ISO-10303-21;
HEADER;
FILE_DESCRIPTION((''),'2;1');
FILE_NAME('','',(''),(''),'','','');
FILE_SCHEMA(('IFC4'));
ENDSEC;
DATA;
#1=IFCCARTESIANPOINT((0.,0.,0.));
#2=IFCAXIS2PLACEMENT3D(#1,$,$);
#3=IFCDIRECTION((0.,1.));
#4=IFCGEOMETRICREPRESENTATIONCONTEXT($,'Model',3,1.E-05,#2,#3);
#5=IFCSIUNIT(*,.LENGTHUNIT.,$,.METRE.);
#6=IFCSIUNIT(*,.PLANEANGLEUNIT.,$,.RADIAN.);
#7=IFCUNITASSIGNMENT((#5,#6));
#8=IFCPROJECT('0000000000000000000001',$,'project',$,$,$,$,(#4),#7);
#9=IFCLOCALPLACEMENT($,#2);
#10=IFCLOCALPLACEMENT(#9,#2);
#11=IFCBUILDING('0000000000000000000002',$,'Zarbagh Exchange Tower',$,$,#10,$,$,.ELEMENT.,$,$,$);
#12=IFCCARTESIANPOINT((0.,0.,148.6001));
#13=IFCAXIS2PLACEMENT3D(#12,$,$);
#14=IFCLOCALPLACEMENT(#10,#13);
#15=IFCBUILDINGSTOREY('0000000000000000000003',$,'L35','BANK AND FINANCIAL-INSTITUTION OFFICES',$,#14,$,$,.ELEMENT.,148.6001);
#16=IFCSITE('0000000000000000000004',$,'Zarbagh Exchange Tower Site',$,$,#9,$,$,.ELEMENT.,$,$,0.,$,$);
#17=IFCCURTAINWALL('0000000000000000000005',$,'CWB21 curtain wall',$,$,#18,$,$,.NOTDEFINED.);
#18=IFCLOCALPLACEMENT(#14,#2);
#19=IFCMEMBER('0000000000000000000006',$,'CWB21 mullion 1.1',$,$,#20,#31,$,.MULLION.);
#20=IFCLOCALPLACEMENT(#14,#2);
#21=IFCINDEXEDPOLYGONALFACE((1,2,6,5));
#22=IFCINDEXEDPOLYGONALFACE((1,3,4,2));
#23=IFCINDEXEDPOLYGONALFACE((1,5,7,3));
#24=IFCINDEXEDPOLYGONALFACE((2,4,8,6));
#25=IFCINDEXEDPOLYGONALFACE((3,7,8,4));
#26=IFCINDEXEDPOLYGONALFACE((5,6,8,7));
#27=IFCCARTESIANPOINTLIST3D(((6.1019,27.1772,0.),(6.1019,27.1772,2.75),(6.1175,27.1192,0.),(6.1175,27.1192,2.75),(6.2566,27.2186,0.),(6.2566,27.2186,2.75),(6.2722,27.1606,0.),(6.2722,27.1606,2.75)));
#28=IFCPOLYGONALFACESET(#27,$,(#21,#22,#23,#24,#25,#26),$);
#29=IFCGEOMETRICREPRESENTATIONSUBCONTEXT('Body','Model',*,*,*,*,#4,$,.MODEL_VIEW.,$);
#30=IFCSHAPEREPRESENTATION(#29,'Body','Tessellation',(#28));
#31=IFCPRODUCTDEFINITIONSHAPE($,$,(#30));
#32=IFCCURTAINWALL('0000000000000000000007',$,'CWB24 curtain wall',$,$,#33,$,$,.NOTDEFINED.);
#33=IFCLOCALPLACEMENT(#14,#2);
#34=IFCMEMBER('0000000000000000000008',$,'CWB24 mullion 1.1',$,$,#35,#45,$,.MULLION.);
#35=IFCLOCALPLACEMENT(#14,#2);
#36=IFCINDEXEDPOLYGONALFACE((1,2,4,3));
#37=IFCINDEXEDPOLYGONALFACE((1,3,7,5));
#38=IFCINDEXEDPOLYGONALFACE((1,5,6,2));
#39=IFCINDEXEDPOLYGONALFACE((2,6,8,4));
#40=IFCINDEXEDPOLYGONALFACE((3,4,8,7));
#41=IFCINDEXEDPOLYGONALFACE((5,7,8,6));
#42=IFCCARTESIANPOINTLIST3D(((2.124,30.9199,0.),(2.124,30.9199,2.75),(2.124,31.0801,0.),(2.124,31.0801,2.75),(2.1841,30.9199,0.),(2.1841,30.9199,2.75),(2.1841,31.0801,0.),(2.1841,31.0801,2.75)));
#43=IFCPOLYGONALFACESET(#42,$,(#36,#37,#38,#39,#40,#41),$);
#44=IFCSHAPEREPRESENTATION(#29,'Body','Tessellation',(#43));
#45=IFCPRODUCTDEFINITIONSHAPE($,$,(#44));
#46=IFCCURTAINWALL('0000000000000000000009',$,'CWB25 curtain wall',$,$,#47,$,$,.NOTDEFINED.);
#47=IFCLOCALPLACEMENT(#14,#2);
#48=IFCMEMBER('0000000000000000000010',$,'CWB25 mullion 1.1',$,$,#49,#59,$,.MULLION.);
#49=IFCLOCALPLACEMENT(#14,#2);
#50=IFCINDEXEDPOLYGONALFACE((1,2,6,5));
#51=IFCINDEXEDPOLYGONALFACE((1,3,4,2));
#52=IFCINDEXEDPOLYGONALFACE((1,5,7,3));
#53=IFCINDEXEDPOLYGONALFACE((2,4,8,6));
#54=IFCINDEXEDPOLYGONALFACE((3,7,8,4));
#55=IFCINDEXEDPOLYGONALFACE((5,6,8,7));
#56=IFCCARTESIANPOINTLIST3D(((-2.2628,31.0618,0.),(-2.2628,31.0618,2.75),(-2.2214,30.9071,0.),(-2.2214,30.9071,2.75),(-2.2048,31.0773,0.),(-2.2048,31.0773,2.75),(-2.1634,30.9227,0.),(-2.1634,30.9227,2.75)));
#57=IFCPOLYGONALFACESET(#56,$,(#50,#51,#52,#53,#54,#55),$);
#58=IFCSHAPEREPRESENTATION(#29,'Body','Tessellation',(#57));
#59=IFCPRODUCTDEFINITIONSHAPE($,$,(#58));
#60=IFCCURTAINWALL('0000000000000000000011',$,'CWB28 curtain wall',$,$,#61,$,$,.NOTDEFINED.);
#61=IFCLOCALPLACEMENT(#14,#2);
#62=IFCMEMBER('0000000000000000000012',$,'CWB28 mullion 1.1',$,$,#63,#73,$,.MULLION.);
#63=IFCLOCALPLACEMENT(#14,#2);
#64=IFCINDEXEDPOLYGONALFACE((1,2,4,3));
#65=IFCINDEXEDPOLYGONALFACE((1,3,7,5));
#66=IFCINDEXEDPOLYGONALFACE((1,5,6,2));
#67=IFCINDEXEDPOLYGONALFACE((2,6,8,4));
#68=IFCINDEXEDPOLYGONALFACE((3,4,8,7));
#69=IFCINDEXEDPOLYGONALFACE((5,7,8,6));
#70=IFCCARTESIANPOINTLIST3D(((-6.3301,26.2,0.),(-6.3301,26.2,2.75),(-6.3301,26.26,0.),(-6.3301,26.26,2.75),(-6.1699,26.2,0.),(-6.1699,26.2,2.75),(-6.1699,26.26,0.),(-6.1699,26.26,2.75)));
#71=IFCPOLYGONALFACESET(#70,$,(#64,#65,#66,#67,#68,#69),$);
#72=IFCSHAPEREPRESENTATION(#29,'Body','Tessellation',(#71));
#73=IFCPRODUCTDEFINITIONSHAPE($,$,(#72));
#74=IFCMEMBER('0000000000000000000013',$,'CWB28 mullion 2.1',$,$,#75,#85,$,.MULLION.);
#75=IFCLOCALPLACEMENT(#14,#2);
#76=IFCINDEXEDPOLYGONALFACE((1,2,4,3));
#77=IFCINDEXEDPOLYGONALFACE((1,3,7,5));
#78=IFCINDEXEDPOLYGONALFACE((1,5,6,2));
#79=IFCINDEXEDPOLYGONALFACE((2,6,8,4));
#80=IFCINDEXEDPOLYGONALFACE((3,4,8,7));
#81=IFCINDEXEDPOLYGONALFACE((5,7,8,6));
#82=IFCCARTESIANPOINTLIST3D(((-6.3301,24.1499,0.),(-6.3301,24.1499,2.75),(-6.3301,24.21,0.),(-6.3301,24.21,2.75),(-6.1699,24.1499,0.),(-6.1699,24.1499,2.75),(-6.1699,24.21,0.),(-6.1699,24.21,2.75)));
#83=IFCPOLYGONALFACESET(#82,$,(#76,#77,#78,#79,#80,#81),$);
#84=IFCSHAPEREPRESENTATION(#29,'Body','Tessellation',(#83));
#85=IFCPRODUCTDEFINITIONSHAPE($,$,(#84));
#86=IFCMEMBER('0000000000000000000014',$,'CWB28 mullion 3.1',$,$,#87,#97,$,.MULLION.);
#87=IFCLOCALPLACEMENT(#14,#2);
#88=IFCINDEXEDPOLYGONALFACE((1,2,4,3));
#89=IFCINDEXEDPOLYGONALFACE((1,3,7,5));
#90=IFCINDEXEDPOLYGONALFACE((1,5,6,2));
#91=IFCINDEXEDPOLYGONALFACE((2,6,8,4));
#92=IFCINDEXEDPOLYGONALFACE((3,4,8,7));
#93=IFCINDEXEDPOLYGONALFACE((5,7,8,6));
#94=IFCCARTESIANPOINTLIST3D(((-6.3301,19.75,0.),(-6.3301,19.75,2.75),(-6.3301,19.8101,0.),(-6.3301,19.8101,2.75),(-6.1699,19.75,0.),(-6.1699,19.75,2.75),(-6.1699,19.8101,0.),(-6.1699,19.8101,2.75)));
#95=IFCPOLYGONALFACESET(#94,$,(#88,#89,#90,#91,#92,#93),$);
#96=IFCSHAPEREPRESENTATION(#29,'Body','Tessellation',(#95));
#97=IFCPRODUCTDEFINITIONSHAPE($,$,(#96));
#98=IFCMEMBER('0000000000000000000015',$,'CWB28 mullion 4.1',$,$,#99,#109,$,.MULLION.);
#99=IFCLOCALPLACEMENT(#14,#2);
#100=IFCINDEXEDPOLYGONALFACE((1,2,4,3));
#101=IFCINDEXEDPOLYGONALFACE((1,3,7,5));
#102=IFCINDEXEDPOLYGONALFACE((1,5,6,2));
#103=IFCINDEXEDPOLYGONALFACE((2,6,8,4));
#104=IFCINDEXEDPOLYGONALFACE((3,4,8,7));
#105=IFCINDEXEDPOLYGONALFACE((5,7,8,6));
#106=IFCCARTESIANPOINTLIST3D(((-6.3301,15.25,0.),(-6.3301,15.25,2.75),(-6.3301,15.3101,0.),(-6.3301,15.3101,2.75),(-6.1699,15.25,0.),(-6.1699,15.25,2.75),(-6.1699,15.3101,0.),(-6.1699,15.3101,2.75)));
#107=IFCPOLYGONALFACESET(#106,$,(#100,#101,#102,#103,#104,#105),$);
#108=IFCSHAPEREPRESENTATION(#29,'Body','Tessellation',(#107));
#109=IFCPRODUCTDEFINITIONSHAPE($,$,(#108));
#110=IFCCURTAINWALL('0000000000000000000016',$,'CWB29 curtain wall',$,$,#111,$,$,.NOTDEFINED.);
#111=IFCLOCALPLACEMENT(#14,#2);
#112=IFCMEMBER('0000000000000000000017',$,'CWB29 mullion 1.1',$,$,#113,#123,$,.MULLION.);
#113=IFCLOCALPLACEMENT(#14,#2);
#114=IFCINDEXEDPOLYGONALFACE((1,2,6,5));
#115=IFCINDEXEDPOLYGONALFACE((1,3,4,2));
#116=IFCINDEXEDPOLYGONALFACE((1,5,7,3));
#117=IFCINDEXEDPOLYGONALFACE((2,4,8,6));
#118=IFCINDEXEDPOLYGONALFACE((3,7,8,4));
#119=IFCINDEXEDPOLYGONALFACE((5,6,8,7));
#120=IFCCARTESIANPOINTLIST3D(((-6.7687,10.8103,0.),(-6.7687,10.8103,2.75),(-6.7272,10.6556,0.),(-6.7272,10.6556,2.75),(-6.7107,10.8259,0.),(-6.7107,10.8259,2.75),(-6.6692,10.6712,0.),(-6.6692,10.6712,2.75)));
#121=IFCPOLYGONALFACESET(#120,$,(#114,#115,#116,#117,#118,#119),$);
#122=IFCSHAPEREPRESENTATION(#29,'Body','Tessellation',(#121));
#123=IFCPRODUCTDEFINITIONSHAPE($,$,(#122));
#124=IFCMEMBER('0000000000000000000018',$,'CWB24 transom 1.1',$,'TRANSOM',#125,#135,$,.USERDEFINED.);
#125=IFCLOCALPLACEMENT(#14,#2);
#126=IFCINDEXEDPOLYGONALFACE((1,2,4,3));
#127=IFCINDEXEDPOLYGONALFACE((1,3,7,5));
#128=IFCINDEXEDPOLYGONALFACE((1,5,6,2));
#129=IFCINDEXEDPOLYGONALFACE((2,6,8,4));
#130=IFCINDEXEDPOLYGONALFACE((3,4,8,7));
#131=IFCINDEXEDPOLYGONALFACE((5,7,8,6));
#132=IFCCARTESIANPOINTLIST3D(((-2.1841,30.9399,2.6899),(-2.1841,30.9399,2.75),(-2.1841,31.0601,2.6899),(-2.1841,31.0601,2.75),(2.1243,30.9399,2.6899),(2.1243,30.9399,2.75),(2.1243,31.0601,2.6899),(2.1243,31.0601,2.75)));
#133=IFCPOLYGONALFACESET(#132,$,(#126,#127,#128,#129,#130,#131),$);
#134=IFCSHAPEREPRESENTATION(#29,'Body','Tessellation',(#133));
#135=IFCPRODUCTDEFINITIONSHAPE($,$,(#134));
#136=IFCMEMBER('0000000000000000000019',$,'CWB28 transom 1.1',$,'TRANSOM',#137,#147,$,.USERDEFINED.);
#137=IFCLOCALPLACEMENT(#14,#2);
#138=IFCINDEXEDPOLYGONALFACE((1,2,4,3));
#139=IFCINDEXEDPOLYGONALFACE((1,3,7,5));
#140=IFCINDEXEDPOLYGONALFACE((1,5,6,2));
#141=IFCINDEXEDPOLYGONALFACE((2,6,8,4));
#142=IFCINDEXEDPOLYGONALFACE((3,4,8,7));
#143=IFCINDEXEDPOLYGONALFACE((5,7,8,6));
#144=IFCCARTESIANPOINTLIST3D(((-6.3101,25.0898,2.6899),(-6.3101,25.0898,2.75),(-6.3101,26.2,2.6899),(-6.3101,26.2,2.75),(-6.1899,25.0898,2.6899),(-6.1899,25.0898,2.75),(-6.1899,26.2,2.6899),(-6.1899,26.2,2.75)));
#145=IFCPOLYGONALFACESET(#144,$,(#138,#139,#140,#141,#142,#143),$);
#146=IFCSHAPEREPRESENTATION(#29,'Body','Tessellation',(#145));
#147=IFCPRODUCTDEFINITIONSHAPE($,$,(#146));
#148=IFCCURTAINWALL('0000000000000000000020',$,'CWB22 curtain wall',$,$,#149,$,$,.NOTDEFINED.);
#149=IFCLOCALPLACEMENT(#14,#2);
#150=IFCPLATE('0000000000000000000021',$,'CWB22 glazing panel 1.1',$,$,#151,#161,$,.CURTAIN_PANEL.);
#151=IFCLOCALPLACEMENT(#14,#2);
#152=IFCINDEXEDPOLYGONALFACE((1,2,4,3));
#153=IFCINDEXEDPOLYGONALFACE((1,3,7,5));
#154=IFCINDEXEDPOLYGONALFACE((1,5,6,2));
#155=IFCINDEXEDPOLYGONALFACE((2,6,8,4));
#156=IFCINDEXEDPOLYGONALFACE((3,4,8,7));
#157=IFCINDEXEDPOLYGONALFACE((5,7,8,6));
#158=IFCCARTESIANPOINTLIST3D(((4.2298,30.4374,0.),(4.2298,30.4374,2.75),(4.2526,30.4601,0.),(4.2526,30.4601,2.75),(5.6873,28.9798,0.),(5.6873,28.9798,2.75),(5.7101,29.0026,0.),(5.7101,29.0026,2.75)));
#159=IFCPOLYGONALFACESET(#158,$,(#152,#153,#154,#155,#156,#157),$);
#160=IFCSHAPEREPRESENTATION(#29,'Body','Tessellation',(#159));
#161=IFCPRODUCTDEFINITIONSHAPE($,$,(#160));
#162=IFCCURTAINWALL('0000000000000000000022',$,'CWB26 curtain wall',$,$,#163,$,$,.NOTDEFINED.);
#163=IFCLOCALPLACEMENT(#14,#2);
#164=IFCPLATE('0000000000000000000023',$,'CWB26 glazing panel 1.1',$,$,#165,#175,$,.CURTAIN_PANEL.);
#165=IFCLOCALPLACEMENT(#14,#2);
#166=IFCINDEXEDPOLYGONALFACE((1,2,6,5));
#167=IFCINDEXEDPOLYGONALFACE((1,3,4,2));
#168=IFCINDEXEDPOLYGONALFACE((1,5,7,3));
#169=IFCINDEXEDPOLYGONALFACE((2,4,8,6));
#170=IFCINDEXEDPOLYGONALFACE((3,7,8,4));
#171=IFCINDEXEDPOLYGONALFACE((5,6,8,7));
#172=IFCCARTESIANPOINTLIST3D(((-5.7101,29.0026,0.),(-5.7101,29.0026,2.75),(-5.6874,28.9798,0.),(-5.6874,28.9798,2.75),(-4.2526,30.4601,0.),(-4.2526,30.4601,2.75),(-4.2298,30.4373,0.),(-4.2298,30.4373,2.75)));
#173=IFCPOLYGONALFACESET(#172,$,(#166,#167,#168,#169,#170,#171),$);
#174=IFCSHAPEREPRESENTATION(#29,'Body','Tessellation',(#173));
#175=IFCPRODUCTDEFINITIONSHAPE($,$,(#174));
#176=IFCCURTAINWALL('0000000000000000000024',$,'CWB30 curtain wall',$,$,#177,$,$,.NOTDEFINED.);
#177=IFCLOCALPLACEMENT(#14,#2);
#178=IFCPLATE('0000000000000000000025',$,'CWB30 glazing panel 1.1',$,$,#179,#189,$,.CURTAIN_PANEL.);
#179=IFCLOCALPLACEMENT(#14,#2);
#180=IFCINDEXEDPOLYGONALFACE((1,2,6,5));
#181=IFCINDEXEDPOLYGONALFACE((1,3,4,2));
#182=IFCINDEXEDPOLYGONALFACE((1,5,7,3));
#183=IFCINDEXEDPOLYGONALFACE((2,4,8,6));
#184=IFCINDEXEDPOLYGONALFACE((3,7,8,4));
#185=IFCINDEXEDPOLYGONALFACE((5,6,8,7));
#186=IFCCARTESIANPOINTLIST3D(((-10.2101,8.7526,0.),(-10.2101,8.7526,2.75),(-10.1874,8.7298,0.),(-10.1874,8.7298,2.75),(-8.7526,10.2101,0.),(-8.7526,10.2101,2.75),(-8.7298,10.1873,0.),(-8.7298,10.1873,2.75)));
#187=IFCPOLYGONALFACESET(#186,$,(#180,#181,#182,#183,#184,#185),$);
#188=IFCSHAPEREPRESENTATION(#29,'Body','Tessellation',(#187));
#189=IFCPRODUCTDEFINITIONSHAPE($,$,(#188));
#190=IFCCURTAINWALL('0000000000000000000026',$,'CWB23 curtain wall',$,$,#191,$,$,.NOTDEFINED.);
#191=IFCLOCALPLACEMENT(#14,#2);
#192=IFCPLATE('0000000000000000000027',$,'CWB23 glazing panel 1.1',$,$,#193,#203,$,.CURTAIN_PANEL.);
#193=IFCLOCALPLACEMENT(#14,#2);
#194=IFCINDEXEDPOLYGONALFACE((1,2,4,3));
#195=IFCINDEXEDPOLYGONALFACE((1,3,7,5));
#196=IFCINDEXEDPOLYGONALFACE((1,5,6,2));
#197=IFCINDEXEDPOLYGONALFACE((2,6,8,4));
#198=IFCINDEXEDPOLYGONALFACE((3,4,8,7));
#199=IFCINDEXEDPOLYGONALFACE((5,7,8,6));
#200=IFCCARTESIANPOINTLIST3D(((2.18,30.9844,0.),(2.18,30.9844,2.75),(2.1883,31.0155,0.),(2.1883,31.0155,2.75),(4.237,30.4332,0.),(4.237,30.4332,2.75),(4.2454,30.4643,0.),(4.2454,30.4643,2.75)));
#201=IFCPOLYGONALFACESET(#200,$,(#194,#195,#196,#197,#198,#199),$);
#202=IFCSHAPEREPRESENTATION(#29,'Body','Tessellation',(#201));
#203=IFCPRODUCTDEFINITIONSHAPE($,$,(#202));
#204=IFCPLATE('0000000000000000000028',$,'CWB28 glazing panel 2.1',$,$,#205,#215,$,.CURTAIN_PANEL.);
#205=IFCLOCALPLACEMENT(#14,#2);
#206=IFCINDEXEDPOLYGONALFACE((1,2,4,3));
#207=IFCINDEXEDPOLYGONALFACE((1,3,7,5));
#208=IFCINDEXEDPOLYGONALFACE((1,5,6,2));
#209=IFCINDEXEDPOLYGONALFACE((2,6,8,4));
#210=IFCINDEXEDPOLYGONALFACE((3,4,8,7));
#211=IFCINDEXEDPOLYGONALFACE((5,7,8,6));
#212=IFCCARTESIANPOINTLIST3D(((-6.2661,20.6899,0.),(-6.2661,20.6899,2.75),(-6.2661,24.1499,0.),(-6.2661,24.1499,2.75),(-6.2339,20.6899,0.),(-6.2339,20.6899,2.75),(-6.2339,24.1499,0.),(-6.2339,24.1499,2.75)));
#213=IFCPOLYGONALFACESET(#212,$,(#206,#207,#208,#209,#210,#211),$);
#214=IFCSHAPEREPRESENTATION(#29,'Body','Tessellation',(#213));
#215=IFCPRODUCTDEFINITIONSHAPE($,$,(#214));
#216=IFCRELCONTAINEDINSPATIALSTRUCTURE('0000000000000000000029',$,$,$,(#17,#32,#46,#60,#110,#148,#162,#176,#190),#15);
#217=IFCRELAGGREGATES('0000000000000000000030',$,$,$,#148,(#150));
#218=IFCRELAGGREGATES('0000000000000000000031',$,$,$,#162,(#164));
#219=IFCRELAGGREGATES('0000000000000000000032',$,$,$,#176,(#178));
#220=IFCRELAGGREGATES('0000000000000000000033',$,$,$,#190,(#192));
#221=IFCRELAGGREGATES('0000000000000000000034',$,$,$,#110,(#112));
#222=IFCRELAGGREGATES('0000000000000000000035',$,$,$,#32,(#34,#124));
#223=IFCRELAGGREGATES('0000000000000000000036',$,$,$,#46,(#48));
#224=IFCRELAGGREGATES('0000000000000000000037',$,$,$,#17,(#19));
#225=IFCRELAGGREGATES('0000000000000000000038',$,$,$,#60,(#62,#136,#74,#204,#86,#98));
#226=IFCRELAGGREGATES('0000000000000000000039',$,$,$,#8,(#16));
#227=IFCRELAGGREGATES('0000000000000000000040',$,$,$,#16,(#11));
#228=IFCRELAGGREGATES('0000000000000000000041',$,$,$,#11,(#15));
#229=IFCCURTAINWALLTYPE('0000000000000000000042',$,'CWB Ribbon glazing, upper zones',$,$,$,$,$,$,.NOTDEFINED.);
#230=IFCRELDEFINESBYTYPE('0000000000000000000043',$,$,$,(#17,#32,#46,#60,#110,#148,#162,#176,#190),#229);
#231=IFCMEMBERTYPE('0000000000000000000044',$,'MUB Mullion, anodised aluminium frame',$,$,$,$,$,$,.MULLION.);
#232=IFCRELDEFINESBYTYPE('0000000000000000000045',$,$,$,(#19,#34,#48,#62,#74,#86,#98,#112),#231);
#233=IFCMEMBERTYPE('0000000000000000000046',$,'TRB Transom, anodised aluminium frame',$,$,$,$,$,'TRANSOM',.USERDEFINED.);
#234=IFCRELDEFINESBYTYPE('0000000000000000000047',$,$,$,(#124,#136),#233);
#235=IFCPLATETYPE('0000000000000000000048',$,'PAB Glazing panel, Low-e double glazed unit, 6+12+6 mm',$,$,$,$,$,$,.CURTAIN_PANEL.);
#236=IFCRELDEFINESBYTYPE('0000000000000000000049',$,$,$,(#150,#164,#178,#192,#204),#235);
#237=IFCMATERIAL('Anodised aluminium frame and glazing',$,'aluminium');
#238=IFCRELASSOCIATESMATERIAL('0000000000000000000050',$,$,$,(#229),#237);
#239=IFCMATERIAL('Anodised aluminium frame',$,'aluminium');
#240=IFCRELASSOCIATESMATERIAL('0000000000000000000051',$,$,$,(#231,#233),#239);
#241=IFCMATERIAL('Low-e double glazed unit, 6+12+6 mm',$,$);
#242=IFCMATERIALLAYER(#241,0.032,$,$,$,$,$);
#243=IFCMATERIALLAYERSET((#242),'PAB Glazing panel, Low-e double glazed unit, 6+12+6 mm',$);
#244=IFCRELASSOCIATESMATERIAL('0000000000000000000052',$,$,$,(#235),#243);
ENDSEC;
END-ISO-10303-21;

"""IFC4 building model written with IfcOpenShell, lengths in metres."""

from ifc_helpers import new_model, si_unit, direction, frame, origin, place, context, subcontext, project, spatial, polyline, outline, extrude, source, transform, mapped, material, layer, layer_set, type_object, element, aggregate, save


model = new_model("IFC4")

# Units and contexts
model_context = context("Model", 3, precision=1e-05, world=origin(), true_north=direction((0.0, 1.0)))
body_context = subcontext(model_context, "Body", "Model", "MODEL_VIEW")
ifc_project = project(units=[si_unit("LENGTHUNIT", "METRE"), si_unit("PLANEANGLEUNIT", "RADIAN")], contexts=[model_context])

# Site, building, storey
site_placement = place(None, origin())
site = spatial("IfcSite", under=ifc_project, at=site_placement, Name="Zarbagh Exchange Tower Site", CompositionType="ELEMENT", RefElevation=0.0)
building_placement = place(site_placement, origin())
building = spatial("IfcBuilding", under=site, at=building_placement, Name="Zarbagh Exchange Tower", CompositionType="ELEMENT")
storey_placement = place(building_placement, frame((0.0, 0.0, 148.6001)))
storey = spatial("IfcBuildingStorey", under=building, at=storey_placement, Name="L35", Description="BANK AND FINANCIAL-INSTITUTION OFFICES", CompositionType="ELEMENT", Elevation=148.6001)

# Curtain walls, members
ifc_material_1 = material(Name="Anodised aluminium frame and glazing", Category="aluminium")
curtain_wall_type = type_object("IfcCurtainWallType", Name="CWB Ribbon glazing, upper zones", PredefinedType="NOTDEFINED", material=ifc_material_1)
curtain_wall_1_placement = place(storey_placement, origin())
curtain_wall_1 = element("IfcCurtainWall", 1, at=curtain_wall_1_placement, inside=storey, type_object=curtain_wall_type, Name="CWB21 curtain wall", PredefinedType="NOTDEFINED")
ifc_material_2 = material(Name="Anodised aluminium frame", Category="aluminium")
member_type_1 = type_object("IfcMemberType", Name="MUB Mullion, anodised aluminium frame", PredefinedType="MULLION", material=ifc_material_2)
shared_shape_1 = source(origin(), body_context, "Body", "SweptSolid", [
    extrude(outline(polyline([(0.0, -0.0801), (0.0601, -0.0801), (0.0601, 0.0801), (0.0, 0.0801), (0.0, -0.0801)])), origin(), (0.0, 0.0, 1.0), 2.75),
])
placement = place(storey_placement, origin())
member_1 = element("IfcMember", 2, at=placement, type_object=member_type_1, Name="CWB21 mullion 1.1", PredefinedType="MULLION", context=body_context, shape_type="MappedRepresentation", body=[
    mapped(shared_shape_1, transform((6.1948, 27.1399, 0.0), x_axis=(-0.258825, 0.965924, 0.0), y_axis=(-0.965924, -0.258825, 0.0), z_axis=(0.0, 0.0, 1.0))),
])
curtain_wall_2_placement = place(storey_placement, origin())
curtain_wall_2 = element("IfcCurtainWall", 3, at=curtain_wall_2_placement, inside=storey, type_object=curtain_wall_type, Name="CWB24 curtain wall", PredefinedType="NOTDEFINED")
member_2 = element("IfcMember", 4, at=placement, type_object=member_type_1, Name="CWB24 mullion 1.1", PredefinedType="MULLION", context=body_context, shape_type="MappedRepresentation", body=[
    mapped(shared_shape_1, transform((2.1841, 31.0, 0.0), x_axis=(-1.0, 0.0, 0.0), y_axis=(0.0, -1.0, 0.0), z_axis=(0.0, 0.0, 1.0))),
])
curtain_wall_3_placement = place(storey_placement, origin())
curtain_wall_3 = element("IfcCurtainWall", 5, at=curtain_wall_3_placement, inside=storey, type_object=curtain_wall_type, Name="CWB25 curtain wall", PredefinedType="NOTDEFINED")
member_3 = element("IfcMember", 6, at=placement, type_object=member_type_1, Name="CWB25 mullion 1.1", PredefinedType="MULLION", context=body_context, shape_type="MappedRepresentation", body=[
    mapped(shared_shape_1, transform((-2.1841, 31.0, 0.0), x_axis=(-0.965924, -0.258825, 0.0), y_axis=(0.258825, -0.965924, 0.0), z_axis=(0.0, 0.0, 1.0))),
])

# Curtain wall, members
curtain_wall_4_placement = place(storey_placement, origin())
curtain_wall_4 = element("IfcCurtainWall", 7, at=curtain_wall_4_placement, inside=storey, type_object=curtain_wall_type, Name="CWB28 curtain wall", PredefinedType="NOTDEFINED")
member_4 = element("IfcMember", 8, at=placement, type_object=member_type_1, Name="CWB28 mullion 1.1", PredefinedType="MULLION", context=body_context, shape_type="MappedRepresentation", body=[
    mapped(shared_shape_1, transform((-6.25, 26.26, 0.0), x_axis=(0.0, -1.0, 0.0), y_axis=(1.0, 0.0, 0.0), z_axis=(0.0, 0.0, 1.0))),
])
member_5 = element("IfcMember", 9, at=placement, type_object=member_type_1, Name="CWB28 mullion 2.1", PredefinedType="MULLION", context=body_context, shape_type="MappedRepresentation", body=[
    mapped(shared_shape_1, transform((-6.25, 24.21, 0.0), x_axis=(0.0, -1.0, 0.0), y_axis=(1.0, 0.0, 0.0), z_axis=(0.0, 0.0, 1.0))),
])
member_6 = element("IfcMember", 10, at=placement, type_object=member_type_1, Name="CWB28 mullion 3.1", PredefinedType="MULLION", context=body_context, shape_type="MappedRepresentation", body=[
    mapped(shared_shape_1, transform((-6.25, 19.8101, 0.0), x_axis=(0.0, -1.0, 0.0), y_axis=(1.0, 0.0, 0.0), z_axis=(0.0, 0.0, 1.0))),
])
member_7 = element("IfcMember", 11, at=placement, type_object=member_type_1, Name="CWB28 mullion 4.1", PredefinedType="MULLION", context=body_context, shape_type="MappedRepresentation", body=[
    mapped(shared_shape_1, transform((-6.25, 15.3101, 0.0), x_axis=(0.0, -1.0, 0.0), y_axis=(1.0, 0.0, 0.0), z_axis=(0.0, 0.0, 1.0))),
])

# Curtain wall, member
curtain_wall_5_placement = place(storey_placement, origin())
curtain_wall_5 = element("IfcCurtainWall", 12, at=curtain_wall_5_placement, inside=storey, type_object=curtain_wall_type, Name="CWB29 curtain wall", PredefinedType="NOTDEFINED")
member_8 = element("IfcMember", 13, at=placement, type_object=member_type_1, Name="CWB29 mullion 1.1", PredefinedType="MULLION", context=body_context, shape_type="MappedRepresentation", body=[
    mapped(shared_shape_1, transform((-6.6899, 10.7485, 0.0), x_axis=(-0.965924, -0.258825, 0.0), y_axis=(0.258825, -0.965924, 0.0), z_axis=(0.0, 0.0, 1.0))),
])

# Members
member_type_2 = type_object("IfcMemberType", Name="TRB Transom, anodised aluminium frame", ElementType="TRANSOM", PredefinedType="USERDEFINED", material=ifc_material_2)
shared_shape_2 = source(origin(), body_context, "Body", "SweptSolid", [
    extrude(outline(polyline([(-0.0601, -0.0601), (0.0, -0.0601), (0.0, 0.0601), (-0.0601, 0.0601), (-0.0601, -0.0601)])), origin(), (0.0, 0.0, 1.0), 4.3083),
])
member_9 = element("IfcMember", 14, at=placement, type_object=member_type_2, Name="CWB24 transom 1.1", ObjectType="TRANSOM", PredefinedType="USERDEFINED", context=body_context, shape_type="MappedRepresentation", body=[
    mapped(shared_shape_2, transform((2.1243, 31.0, 2.75), x_axis=(0.0, 0.0, 1.0), y_axis=(0.0, 1.0, 0.0), z_axis=(-1.0, 0.0, 0.0))),
])
shared_shape_3 = source(origin(), body_context, "Body", "SweptSolid", [
    extrude(outline(polyline([(-0.0601, -0.0601), (0.0, -0.0601), (0.0, 0.0601), (-0.0601, 0.0601), (-0.0601, -0.0601)])), origin(), (0.0, 0.0, 1.0), 1.1101),
])
member_10 = element("IfcMember", 15, at=placement, type_object=member_type_2, Name="CWB28 transom 1.1", ObjectType="TRANSOM", PredefinedType="USERDEFINED", context=body_context, shape_type="MappedRepresentation", body=[
    mapped(shared_shape_3, transform((-6.25, 26.2, 2.75), x_axis=(0.0, 0.0, 1.0), y_axis=(-1.0, 0.0, 0.0), z_axis=(0.0, -1.0, 0.0))),
])

# Curtain walls, plates
curtain_wall_6_placement = place(storey_placement, origin())
curtain_wall_6 = element("IfcCurtainWall", 16, at=curtain_wall_6_placement, inside=storey, type_object=curtain_wall_type, Name="CWB22 curtain wall", PredefinedType="NOTDEFINED")
ifc_material_3 = material(Name="Low-e double glazed unit, 6+12+6 mm")
ifc_layer = layer(ifc_material_3, 0.032)
ifc_layer_set = layer_set([ifc_layer], Name="PAB Glazing panel, Low-e double glazed unit, 6+12+6 mm")
plate_type = type_object("IfcPlateType", Name="PAB Glazing panel, Low-e double glazed unit, 6+12+6 mm", PredefinedType="CURTAIN_PANEL", material=ifc_layer_set)
shared_shape_4 = source(origin(), body_context, "Body", "SweptSolid", [
    extrude(outline(polyline([(0.0, -0.0161), (2.0613, -0.0161), (2.0613, 0.0161), (0.0, 0.0161), (0.0, -0.0161)])), origin(), (0.0, 0.0, 1.0), 2.75),
])
plate_1 = element("IfcPlate", 17, at=placement, type_object=plate_type, Name="CWB22 glazing panel 1.1", PredefinedType="CURTAIN_PANEL", context=body_context, shape_type="MappedRepresentation", body=[
    mapped(shared_shape_4, transform((5.6987, 28.9912, 0.0), x_axis=(-0.707107, 0.707107, 0.0), y_axis=(-0.707107, -0.707107, 0.0), z_axis=(0.0, 0.0, 1.0))),
])
aggregate(curtain_wall_6, [plate_1])
curtain_wall_7_placement = place(storey_placement, origin())
curtain_wall_7 = element("IfcCurtainWall", 18, at=curtain_wall_7_placement, inside=storey, type_object=curtain_wall_type, Name="CWB26 curtain wall", PredefinedType="NOTDEFINED")
plate_2 = element("IfcPlate", 19, at=placement, type_object=plate_type, Name="CWB26 glazing panel 1.1", PredefinedType="CURTAIN_PANEL", context=body_context, shape_type="MappedRepresentation", body=[
    mapped(shared_shape_4, transform((-4.2412, 30.4487, 0.0), x_axis=(-0.707107, -0.707107, 0.0), y_axis=(0.707107, -0.707107, 0.0), z_axis=(0.0, 0.0, 1.0))),
])
aggregate(curtain_wall_7, [plate_2])
curtain_wall_8_placement = place(storey_placement, origin())
curtain_wall_8 = element("IfcCurtainWall", 20, at=curtain_wall_8_placement, inside=storey, type_object=curtain_wall_type, Name="CWB30 curtain wall", PredefinedType="NOTDEFINED")
plate_3 = element("IfcPlate", 21, at=placement, type_object=plate_type, Name="CWB30 glazing panel 1.1", PredefinedType="CURTAIN_PANEL", context=body_context, shape_type="MappedRepresentation", body=[
    mapped(shared_shape_4, transform((-8.7412, 10.1987, 0.0), x_axis=(-0.707107, -0.707107, 0.0), y_axis=(0.707107, -0.707107, 0.0), z_axis=(0.0, 0.0, 1.0))),
])
aggregate(curtain_wall_8, [plate_3])
curtain_wall_9_placement = place(storey_placement, origin())
curtain_wall_9 = element("IfcCurtainWall", 22, at=curtain_wall_9_placement, inside=storey, type_object=curtain_wall_type, Name="CWB23 curtain wall", PredefinedType="NOTDEFINED")
shared_shape_5 = source(origin(), body_context, "Body", "SweptSolid", [
    extrude(outline(polyline([(0.0, -0.0161), (2.1296, -0.0161), (2.1296, 0.0161), (0.0, 0.0161), (0.0, -0.0161)])), origin(), (0.0, 0.0, 1.0), 2.75),
])
plate_4 = element("IfcPlate", 23, at=placement, type_object=plate_type, Name="CWB23 glazing panel 1.1", PredefinedType="CURTAIN_PANEL", context=body_context, shape_type="MappedRepresentation", body=[
    mapped(shared_shape_5, transform((4.2412, 30.4487, 0.0), x_axis=(-0.965924, 0.258825, 0.0), y_axis=(-0.258825, -0.965924, 0.0), z_axis=(0.0, 0.0, 1.0))),
])
aggregate(curtain_wall_9, [plate_4])

# Plate
shared_shape_6 = source(origin(), body_context, "Body", "SweptSolid", [
    extrude(outline(polyline([(0.0, -0.0161), (3.46, -0.0161), (3.46, 0.0161), (0.0, 0.0161), (0.0, -0.0161)])), origin(), (0.0, 0.0, 1.0), 2.75),
])
plate_5 = element("IfcPlate", 24, at=placement, type_object=plate_type, Name="CWB28 glazing panel 2.1", PredefinedType="CURTAIN_PANEL", context=body_context, shape_type="MappedRepresentation", body=[
    mapped(shared_shape_6, transform((-6.25, 24.1499, 0.0), x_axis=(0.0, -1.0, 0.0), y_axis=(1.0, 0.0, 0.0), z_axis=(0.0, 0.0, 1.0))),
])
aggregate(curtain_wall_5, [member_8])

aggregate(curtain_wall_2, [member_2, member_9])
aggregate(curtain_wall_3, [member_3])
aggregate(curtain_wall_1, [member_1])

aggregate(curtain_wall_4, [member_4, member_10, member_5, plate_5, member_6, member_7])

save(model, "model.ifc")
